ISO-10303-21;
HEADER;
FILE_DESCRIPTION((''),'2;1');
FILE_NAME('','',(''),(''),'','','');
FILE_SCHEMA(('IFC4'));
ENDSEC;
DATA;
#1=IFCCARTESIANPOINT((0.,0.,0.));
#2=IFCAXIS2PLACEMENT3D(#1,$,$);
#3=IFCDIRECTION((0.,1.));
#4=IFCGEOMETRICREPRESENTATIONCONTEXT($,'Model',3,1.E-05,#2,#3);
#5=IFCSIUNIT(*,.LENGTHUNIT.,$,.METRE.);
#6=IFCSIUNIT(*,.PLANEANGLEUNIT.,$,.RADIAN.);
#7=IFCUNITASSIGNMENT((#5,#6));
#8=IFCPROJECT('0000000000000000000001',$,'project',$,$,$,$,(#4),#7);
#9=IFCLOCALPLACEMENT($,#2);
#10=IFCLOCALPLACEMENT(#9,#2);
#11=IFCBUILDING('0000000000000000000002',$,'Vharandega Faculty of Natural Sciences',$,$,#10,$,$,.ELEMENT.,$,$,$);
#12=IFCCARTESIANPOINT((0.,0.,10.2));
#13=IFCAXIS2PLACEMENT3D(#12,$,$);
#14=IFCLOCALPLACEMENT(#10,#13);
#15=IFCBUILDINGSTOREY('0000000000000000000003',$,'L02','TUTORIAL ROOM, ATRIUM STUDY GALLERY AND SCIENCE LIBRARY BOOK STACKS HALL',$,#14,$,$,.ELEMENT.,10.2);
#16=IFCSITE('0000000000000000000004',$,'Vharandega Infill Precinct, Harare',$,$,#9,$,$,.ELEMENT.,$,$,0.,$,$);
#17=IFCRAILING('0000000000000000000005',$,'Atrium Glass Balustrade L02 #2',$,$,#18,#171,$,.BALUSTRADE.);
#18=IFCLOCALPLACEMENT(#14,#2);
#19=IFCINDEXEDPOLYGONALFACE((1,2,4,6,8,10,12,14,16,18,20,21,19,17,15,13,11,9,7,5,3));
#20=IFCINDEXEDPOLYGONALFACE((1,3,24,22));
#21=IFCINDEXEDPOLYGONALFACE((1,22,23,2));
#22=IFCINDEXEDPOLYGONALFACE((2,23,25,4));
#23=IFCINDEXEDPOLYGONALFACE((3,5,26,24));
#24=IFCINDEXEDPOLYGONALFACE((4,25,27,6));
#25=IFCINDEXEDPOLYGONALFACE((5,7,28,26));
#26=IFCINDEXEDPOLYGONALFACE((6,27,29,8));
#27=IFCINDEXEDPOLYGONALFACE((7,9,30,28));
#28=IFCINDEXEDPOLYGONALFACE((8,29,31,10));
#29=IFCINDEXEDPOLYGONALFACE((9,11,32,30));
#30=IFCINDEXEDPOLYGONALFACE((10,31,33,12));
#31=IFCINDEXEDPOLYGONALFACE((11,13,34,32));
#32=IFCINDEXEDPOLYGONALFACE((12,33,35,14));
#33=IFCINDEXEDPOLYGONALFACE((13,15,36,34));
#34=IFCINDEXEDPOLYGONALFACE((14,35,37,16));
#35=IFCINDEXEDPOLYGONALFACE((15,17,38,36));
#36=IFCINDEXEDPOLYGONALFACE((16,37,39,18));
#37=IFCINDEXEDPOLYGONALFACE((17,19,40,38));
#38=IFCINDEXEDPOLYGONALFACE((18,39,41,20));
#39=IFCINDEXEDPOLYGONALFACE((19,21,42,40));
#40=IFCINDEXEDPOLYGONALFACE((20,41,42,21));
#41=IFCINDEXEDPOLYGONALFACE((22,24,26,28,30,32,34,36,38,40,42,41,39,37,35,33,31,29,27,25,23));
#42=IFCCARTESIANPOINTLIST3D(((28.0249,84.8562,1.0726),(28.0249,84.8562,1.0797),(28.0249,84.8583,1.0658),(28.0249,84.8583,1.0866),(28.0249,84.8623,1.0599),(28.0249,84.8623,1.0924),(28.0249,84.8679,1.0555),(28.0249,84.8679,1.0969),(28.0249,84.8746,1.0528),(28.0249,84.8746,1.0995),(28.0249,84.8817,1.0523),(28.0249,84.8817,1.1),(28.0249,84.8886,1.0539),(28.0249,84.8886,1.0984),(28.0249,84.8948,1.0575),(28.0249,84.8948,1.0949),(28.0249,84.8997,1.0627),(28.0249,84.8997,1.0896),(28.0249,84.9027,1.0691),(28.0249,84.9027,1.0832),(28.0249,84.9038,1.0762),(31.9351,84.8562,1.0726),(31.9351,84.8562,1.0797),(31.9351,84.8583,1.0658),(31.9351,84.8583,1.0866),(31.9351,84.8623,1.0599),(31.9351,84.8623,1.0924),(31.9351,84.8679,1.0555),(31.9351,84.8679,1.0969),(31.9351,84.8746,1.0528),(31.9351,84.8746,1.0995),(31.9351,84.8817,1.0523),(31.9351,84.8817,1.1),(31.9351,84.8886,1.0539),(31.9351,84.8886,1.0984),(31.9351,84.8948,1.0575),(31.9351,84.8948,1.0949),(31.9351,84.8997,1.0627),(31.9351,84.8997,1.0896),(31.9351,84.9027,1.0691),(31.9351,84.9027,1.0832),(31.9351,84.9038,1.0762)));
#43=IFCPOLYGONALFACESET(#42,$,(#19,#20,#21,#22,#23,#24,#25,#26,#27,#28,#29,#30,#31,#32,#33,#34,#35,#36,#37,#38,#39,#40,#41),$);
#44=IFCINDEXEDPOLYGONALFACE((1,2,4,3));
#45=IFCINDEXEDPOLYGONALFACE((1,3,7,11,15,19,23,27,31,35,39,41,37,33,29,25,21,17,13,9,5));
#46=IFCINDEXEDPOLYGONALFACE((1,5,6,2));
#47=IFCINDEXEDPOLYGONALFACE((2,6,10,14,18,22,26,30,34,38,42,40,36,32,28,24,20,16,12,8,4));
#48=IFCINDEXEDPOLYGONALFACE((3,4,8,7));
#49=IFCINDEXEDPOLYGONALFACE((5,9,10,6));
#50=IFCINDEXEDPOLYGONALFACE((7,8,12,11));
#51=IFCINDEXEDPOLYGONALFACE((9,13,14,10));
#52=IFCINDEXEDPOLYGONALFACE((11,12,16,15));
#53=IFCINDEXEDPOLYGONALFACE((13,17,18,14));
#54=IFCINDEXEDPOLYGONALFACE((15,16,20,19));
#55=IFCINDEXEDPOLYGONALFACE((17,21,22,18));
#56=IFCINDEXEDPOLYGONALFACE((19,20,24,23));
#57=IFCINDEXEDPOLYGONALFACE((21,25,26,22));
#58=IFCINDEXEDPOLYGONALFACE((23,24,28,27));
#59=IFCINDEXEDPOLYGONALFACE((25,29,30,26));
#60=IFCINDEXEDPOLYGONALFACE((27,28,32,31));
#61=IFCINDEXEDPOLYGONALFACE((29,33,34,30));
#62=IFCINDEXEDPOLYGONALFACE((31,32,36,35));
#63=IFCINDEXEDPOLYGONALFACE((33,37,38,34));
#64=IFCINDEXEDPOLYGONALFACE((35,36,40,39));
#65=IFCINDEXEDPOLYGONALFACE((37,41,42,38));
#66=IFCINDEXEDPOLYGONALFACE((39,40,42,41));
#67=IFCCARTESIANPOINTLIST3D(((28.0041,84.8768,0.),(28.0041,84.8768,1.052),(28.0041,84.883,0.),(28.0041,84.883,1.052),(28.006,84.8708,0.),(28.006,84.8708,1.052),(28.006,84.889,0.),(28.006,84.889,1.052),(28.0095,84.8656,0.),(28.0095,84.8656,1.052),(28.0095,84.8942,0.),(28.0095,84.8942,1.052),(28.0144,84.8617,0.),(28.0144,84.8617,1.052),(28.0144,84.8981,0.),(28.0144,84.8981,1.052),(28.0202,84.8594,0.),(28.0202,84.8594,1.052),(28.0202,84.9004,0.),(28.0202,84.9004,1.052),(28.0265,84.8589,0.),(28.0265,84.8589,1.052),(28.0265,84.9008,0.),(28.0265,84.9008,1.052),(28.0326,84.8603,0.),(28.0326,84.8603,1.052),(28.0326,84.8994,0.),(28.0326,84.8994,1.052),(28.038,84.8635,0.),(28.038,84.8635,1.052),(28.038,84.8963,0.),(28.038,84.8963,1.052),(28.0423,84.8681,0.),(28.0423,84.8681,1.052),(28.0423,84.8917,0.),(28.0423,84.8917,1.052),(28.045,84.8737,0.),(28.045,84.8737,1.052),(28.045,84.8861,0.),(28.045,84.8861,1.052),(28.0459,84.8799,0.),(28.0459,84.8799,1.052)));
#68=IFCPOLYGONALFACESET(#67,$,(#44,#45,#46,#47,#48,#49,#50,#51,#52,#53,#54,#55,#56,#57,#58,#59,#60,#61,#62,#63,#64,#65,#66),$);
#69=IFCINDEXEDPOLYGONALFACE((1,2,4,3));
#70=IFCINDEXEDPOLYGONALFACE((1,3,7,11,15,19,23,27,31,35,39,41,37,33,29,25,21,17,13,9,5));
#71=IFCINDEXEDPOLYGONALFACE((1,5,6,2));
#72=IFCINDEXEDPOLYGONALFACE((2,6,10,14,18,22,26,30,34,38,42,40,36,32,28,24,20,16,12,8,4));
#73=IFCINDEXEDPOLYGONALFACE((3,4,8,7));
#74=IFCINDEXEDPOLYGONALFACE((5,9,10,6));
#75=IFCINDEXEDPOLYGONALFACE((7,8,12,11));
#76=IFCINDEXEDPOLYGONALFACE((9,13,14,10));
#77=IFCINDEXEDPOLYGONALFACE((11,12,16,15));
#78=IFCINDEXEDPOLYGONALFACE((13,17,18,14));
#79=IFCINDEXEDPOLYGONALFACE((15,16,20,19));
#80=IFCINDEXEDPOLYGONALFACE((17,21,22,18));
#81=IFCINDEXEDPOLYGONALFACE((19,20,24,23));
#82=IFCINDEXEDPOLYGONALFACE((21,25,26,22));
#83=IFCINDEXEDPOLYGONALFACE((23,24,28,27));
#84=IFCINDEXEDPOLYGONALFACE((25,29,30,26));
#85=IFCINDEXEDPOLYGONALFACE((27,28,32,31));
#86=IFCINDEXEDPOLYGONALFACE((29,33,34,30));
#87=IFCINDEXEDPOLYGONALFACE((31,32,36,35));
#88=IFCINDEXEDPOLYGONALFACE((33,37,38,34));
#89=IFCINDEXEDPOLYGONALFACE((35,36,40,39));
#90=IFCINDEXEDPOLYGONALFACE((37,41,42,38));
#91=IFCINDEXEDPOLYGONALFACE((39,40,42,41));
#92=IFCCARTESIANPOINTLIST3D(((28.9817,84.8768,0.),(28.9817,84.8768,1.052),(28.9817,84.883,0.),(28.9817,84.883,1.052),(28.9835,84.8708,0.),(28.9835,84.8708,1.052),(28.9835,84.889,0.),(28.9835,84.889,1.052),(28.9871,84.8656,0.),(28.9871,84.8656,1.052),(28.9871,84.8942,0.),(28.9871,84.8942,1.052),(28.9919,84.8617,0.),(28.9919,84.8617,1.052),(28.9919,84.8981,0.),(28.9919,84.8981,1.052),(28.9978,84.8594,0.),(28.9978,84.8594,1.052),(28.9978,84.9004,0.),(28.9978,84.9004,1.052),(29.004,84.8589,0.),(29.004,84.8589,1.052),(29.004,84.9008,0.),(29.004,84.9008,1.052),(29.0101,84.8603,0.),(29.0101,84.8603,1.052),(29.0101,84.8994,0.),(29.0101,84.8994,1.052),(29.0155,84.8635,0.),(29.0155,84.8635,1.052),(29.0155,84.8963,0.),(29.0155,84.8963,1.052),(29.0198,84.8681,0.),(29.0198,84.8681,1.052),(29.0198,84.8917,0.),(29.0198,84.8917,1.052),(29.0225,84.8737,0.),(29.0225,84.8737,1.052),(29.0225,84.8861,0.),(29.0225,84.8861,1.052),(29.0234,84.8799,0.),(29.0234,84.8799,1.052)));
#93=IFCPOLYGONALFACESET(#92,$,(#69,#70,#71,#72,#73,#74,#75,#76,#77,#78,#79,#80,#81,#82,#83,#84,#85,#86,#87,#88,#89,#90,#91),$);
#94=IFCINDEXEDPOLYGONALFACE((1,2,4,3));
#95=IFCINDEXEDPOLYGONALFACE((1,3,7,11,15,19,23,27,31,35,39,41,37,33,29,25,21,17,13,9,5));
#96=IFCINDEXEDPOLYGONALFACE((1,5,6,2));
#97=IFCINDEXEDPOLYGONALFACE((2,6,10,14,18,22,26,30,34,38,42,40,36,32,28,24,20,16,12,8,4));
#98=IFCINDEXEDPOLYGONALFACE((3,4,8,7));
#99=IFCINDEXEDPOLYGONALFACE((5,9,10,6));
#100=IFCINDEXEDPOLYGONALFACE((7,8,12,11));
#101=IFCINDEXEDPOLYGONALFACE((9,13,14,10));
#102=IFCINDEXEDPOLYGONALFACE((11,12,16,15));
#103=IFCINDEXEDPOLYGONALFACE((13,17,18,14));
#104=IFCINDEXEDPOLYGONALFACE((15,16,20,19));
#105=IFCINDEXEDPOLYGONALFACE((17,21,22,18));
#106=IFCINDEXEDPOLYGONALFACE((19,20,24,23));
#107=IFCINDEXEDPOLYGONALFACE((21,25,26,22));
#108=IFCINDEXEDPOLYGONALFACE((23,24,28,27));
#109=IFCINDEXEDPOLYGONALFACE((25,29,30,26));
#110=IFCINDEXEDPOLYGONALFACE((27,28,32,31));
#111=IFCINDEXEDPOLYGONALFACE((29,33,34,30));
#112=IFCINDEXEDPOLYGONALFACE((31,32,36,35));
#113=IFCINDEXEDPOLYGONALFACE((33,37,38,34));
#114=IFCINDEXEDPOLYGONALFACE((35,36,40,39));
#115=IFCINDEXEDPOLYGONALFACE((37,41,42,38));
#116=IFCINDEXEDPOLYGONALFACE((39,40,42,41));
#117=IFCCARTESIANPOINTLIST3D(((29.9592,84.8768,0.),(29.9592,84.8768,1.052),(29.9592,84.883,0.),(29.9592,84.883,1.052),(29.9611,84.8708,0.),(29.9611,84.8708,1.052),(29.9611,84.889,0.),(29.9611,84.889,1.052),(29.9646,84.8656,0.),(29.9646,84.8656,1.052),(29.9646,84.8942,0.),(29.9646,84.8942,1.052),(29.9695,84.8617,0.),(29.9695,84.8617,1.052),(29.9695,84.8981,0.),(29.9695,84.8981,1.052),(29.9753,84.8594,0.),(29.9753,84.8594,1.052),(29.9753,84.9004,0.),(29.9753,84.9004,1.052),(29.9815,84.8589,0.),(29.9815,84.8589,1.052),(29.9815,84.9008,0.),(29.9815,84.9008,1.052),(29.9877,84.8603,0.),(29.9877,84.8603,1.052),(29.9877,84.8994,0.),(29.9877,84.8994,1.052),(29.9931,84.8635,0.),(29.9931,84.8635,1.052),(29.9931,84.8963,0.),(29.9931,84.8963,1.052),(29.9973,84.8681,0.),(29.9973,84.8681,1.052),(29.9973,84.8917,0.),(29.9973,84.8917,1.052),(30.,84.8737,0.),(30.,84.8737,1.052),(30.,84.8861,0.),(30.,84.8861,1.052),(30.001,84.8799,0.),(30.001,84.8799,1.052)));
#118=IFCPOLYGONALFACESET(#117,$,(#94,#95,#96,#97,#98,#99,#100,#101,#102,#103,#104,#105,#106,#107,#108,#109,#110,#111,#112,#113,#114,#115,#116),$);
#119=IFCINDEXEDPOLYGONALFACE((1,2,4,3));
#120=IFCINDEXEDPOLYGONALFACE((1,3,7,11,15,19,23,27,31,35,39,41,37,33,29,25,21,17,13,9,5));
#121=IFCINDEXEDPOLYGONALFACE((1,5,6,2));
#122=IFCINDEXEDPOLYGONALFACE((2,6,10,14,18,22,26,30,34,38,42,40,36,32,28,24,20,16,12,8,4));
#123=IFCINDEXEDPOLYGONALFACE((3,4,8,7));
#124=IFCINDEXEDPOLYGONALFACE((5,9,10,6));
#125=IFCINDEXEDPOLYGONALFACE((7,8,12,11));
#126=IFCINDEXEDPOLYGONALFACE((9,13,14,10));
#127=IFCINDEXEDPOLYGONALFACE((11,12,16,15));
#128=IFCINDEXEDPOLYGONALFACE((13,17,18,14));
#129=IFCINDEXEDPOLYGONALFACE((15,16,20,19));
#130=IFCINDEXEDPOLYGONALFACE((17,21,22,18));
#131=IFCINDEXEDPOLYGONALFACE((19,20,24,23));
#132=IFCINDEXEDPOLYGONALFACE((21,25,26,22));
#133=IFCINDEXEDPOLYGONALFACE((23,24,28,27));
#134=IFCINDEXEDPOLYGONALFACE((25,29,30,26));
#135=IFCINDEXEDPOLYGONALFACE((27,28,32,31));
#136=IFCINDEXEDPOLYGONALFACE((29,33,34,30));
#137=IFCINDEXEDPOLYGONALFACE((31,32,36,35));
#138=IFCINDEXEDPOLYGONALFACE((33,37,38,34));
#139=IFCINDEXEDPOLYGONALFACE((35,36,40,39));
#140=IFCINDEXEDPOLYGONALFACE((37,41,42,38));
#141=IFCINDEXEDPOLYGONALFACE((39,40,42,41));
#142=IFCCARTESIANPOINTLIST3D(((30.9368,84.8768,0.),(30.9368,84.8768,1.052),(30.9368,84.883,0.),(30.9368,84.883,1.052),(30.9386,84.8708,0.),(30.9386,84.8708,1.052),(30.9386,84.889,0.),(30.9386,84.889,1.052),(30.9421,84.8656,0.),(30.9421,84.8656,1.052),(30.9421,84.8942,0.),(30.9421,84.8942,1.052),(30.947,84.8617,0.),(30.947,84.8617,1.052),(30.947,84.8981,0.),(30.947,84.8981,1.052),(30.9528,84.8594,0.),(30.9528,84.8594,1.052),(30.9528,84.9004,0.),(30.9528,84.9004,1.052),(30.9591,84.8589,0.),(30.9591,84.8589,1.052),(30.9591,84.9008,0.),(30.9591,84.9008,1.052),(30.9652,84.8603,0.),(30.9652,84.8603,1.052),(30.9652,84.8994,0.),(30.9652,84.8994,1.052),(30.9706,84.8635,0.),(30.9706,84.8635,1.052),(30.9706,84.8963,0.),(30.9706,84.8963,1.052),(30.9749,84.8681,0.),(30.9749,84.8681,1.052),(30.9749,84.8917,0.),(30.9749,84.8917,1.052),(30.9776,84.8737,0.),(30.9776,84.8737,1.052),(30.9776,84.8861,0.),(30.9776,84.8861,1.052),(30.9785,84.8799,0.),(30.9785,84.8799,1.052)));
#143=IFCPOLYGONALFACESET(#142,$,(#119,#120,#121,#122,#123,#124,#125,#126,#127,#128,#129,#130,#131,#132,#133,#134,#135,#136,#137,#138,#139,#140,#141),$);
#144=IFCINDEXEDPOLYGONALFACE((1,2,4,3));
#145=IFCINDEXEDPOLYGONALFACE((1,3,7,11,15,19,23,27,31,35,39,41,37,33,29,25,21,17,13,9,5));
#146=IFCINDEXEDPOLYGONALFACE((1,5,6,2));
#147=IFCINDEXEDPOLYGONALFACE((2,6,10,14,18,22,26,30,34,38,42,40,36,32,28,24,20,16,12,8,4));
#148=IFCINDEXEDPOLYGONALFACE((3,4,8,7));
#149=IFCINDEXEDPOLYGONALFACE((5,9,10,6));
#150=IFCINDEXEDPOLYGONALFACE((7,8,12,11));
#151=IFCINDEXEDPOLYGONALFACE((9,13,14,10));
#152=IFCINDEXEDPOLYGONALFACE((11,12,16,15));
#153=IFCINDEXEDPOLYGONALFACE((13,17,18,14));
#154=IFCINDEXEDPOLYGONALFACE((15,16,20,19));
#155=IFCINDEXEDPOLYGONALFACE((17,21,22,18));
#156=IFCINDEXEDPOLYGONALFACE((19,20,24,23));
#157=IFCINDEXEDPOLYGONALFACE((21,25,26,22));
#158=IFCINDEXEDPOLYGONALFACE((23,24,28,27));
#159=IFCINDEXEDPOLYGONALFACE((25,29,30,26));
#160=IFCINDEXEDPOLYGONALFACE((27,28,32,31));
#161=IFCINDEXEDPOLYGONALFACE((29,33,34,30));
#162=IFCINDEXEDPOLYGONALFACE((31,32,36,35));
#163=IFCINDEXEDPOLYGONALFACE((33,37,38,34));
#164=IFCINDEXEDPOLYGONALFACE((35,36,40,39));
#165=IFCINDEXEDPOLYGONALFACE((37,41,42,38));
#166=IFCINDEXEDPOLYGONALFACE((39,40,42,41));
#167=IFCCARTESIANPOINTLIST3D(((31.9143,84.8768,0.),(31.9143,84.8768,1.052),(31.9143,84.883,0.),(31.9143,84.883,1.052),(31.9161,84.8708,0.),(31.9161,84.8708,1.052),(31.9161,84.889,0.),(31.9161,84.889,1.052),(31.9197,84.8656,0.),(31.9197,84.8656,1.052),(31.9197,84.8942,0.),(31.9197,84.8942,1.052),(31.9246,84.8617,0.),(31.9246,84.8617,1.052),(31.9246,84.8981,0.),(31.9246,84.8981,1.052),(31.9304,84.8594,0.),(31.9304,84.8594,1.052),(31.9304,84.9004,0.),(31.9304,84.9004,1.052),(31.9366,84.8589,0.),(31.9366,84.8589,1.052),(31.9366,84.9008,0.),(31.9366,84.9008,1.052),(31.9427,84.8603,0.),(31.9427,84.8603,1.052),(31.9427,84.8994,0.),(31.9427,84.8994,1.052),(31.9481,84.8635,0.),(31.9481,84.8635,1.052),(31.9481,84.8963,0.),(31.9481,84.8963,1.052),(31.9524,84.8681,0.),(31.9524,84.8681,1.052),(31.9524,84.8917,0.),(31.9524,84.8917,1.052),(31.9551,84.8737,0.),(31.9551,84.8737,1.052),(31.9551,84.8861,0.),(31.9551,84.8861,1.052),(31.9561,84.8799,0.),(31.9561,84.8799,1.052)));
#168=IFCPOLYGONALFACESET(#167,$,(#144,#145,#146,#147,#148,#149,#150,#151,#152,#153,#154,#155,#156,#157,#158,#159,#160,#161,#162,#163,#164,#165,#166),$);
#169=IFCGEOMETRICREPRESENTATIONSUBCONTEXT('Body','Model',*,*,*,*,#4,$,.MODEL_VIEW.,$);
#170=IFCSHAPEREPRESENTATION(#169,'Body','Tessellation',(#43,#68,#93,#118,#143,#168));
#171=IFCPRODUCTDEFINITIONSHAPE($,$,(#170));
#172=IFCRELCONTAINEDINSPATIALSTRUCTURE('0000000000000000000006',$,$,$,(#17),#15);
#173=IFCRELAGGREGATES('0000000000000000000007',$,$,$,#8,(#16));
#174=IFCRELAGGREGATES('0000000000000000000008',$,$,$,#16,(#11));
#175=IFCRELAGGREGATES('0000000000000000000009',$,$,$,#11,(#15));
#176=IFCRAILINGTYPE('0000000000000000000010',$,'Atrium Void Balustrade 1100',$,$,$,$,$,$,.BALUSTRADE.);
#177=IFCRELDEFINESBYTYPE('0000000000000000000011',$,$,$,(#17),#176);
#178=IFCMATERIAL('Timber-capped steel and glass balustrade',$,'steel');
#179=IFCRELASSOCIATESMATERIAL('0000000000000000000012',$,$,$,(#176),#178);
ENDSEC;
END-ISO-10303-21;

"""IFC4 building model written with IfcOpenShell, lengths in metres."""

from ifc_helpers import new_model, si_unit, direction, frame, origin, origin_2d, place, context, subcontext, project, spatial, circle, extrude, material, type_object, element, save


model = new_model("IFC4")

# Units and contexts
model_context = context("Model", 3, precision=1e-05, world=origin(), true_north=direction((0.0, 1.0)))
body_context = subcontext(model_context, "Body", "Model", "MODEL_VIEW")
ifc_project = project(units=[si_unit("LENGTHUNIT", "METRE"), si_unit("PLANEANGLEUNIT", "RADIAN")], contexts=[model_context])

# Site, building, storey
site_placement = place(None, origin())
site = spatial("IfcSite", under=ifc_project, at=site_placement, Name="Vharandega Infill Precinct, Harare", CompositionType="ELEMENT", RefElevation=0.0)
building_placement = place(site_placement, origin())
building = spatial("IfcBuilding", under=site, at=building_placement, Name="Vharandega Faculty of Natural Sciences", CompositionType="ELEMENT")
storey_placement = place(building_placement, frame((0.0, 0.0, 10.2)))
storey = spatial("IfcBuildingStorey", under=building, at=storey_placement, Name="L02", Description="TUTORIAL ROOM, ATRIUM STUDY GALLERY AND SCIENCE LIBRARY BOOK STACKS HALL", CompositionType="ELEMENT", Elevation=10.2)

# Railing
ifc_material_1 = material(Name="Timber-capped steel and glass balustrade", Category="steel")
railing_type_1 = type_object("IfcRailingType", Name="Atrium Void Balustrade 1100", PredefinedType="BALUSTRADE", material=ifc_material_1)
for number, where, name in (
    (1, (28.0249, 84.8799, 0.0), "Atrium Glass Balustrade L02 #2"),
):
    element("IfcRailing", number, at=place(storey_placement, frame(where)), inside=storey, type_object=railing_type_1, Name=name, PredefinedType="BALUSTRADE", context=body_context, shape_type="SweptSolid", body=[
        extrude(circle(Radius=0.0239, at=origin_2d()), frame((0.0, 0.0, 1.0762), z_axis=(1.0, 0.0, 0.0), x_axis=(0.0, 1.0, 0.0)), (0.0, 0.0, 1.0), 3.9102),
        extrude(circle(Radius=0.021, at=origin_2d()), origin(), (0.0, 0.0, 1.0), 1.052),
        extrude(circle(Radius=0.021, at=origin_2d()), frame((0.9775, 0.0, 0.0)), (0.0, 0.0, 1.0), 1.052),
        extrude(circle(Radius=0.021, at=origin_2d()), frame((1.9551, 0.0, 0.0)), (0.0, 0.0, 1.0), 1.052),
        extrude(circle(Radius=0.021, at=origin_2d()), frame((2.9326, 0.0, 0.0)), (0.0, 0.0, 1.0), 1.052),
        extrude(circle(Radius=0.021, at=origin_2d()), frame((3.9102, 0.0, 0.0)), (0.0, 0.0, 1.0), 1.052),
    ])

save(model, "model.ifc")
